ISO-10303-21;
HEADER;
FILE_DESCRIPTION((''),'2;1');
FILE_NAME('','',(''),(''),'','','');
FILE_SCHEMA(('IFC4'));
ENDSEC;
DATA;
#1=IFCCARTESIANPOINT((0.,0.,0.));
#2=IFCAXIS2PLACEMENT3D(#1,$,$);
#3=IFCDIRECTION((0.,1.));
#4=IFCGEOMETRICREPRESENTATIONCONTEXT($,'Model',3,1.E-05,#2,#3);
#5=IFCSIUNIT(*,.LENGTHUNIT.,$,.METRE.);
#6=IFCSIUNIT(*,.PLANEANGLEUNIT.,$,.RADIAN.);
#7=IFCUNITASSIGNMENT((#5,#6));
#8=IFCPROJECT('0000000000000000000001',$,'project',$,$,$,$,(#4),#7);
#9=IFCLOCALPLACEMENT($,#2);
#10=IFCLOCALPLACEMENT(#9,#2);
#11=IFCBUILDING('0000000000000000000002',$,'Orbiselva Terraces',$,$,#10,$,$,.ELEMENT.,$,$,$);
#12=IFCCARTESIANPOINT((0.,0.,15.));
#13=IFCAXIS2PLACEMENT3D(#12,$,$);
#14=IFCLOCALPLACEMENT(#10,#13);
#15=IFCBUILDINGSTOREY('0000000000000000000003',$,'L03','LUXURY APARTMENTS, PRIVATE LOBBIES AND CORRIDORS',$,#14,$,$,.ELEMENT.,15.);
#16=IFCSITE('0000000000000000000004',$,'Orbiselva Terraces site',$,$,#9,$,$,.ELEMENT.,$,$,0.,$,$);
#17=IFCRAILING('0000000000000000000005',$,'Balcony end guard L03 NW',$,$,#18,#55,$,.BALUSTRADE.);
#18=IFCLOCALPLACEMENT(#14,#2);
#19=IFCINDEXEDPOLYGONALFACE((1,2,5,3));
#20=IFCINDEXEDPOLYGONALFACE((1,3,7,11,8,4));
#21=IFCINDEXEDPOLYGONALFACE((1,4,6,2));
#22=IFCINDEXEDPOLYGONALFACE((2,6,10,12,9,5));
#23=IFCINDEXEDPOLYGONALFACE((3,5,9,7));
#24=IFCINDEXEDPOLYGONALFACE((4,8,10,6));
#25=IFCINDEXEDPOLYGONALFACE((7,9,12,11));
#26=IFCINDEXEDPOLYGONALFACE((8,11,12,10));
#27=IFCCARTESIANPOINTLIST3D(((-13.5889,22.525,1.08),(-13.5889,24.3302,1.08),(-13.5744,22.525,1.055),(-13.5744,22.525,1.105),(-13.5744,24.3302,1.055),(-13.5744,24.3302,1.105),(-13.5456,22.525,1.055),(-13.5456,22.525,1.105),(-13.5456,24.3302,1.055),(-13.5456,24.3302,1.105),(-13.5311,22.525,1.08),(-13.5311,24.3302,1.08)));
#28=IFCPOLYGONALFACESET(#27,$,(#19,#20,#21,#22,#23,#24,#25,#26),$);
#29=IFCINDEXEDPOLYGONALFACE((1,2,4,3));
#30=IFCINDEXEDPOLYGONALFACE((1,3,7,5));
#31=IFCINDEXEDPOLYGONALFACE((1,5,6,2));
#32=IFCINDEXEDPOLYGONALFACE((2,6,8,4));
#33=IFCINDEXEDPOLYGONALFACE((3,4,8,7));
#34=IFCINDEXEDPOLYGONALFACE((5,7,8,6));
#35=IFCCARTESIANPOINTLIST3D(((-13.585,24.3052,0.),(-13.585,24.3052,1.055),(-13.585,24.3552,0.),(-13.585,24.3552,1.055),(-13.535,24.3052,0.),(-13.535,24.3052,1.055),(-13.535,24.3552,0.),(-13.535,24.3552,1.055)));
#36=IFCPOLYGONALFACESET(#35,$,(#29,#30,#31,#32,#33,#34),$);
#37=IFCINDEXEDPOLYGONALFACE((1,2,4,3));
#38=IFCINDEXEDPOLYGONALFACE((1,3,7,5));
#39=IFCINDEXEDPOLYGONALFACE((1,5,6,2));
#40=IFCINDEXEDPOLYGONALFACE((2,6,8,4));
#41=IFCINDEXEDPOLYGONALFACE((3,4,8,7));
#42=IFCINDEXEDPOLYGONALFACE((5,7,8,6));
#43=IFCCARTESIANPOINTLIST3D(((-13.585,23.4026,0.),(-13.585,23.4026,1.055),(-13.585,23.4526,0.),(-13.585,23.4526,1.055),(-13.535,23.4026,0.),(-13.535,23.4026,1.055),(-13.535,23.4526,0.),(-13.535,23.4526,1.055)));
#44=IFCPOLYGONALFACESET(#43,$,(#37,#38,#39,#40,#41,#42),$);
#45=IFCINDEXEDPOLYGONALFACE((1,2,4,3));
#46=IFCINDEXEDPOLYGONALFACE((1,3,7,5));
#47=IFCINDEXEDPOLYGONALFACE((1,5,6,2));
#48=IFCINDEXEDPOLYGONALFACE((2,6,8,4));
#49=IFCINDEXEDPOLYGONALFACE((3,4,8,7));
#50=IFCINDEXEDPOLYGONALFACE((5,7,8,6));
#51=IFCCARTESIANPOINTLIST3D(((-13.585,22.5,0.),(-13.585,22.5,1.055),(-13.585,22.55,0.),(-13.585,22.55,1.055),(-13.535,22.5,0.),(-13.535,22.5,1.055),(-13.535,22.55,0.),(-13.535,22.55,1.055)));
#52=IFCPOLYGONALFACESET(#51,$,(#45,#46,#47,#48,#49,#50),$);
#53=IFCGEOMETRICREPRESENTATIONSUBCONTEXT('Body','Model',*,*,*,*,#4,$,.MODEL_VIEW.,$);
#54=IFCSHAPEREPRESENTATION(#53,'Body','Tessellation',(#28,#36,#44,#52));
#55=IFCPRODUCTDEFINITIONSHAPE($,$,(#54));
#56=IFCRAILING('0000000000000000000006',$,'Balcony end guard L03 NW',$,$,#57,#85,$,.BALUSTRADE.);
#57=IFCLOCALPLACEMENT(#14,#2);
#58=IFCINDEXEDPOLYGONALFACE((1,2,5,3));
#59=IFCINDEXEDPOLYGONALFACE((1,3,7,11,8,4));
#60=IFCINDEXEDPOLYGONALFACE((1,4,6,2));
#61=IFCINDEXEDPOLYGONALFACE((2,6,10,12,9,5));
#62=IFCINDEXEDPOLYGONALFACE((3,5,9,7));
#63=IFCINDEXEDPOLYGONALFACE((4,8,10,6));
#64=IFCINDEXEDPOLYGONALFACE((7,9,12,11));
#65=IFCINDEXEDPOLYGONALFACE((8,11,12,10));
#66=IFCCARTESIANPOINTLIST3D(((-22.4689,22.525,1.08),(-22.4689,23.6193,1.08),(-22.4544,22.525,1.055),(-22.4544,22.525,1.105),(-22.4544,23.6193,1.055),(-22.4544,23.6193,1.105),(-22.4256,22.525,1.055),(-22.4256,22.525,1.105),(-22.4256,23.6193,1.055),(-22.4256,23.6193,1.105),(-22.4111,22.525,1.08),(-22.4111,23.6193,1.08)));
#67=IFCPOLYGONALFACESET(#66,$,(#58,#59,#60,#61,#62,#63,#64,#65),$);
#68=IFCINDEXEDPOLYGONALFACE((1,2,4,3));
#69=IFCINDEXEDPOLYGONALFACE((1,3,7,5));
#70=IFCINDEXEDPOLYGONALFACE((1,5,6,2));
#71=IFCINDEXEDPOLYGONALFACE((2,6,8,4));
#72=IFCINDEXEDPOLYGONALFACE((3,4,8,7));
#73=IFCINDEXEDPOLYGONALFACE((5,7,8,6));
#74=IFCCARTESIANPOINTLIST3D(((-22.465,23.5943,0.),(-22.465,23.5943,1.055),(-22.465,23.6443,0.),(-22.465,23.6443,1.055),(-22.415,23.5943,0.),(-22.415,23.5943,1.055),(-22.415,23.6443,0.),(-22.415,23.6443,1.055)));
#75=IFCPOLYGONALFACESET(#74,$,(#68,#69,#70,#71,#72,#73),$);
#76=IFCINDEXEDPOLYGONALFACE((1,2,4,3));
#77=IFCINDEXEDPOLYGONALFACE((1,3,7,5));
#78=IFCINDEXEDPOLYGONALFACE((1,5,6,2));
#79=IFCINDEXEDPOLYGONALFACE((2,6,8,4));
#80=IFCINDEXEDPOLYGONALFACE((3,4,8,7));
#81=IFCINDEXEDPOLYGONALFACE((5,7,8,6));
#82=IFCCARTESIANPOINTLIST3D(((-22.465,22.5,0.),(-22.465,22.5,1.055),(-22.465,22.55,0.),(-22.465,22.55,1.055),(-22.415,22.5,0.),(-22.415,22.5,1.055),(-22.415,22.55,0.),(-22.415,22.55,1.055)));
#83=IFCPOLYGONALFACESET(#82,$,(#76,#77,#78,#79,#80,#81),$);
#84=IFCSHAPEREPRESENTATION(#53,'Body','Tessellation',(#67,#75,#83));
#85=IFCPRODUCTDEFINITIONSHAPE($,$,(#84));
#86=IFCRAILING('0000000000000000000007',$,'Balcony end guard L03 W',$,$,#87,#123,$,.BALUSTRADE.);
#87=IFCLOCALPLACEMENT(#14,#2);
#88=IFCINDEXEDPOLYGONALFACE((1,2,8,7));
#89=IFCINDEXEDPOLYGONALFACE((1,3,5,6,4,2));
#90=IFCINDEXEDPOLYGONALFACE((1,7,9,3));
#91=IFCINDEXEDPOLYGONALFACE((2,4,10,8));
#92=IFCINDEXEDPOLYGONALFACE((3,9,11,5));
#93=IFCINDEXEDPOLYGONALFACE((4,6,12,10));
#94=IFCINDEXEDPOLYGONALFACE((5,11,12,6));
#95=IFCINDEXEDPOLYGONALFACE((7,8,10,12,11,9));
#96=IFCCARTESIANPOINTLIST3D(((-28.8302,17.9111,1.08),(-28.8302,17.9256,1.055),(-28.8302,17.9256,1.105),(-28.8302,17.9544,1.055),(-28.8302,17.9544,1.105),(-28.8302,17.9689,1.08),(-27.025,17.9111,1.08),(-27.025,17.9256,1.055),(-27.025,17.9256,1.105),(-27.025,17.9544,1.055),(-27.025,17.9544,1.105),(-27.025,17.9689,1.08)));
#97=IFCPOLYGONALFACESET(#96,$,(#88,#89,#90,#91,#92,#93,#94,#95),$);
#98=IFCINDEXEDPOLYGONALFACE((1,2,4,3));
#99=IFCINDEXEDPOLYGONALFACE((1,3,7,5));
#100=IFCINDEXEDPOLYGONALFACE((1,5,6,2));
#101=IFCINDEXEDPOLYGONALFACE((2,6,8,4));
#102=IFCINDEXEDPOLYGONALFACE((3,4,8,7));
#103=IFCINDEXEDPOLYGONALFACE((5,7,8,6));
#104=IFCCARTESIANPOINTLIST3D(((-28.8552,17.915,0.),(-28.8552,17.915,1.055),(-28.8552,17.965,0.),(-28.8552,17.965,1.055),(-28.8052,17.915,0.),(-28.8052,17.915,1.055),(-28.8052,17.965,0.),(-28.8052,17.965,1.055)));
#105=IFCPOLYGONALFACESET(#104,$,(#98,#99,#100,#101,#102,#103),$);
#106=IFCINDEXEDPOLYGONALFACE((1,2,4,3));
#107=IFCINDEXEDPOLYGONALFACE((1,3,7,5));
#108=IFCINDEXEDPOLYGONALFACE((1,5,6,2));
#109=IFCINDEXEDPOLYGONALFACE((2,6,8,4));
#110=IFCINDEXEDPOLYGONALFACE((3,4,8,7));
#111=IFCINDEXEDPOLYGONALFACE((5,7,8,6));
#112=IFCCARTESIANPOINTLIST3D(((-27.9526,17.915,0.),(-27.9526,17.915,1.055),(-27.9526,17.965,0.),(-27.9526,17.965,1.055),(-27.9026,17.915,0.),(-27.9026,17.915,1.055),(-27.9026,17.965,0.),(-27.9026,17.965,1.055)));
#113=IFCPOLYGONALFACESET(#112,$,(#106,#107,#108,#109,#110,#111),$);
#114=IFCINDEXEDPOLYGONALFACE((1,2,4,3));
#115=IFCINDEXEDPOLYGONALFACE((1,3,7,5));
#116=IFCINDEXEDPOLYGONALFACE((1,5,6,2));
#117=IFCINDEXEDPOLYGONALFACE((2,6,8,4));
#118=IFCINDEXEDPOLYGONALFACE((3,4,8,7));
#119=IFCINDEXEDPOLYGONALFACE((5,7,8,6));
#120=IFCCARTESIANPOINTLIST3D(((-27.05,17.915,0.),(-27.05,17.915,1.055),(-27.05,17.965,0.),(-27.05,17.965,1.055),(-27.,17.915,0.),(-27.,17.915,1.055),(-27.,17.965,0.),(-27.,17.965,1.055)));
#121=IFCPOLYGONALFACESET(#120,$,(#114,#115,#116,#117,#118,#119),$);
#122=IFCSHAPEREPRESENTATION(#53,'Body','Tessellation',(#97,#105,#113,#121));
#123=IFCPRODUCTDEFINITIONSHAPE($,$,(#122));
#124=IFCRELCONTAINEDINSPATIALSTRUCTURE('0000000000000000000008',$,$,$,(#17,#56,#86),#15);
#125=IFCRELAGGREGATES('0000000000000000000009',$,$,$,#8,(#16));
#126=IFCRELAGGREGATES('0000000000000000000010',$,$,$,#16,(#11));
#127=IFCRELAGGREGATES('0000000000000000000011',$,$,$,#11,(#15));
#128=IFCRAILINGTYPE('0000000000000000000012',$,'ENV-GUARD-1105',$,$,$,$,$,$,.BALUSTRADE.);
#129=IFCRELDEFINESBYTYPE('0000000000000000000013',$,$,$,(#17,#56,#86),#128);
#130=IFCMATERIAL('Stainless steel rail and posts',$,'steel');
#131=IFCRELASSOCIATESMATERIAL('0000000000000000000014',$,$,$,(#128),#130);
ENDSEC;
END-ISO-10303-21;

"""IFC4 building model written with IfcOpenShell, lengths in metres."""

from ifc_helpers import new_model, si_unit, direction, frame, origin, origin_2d, place, context, subcontext, project, spatial, polyline, rectangle, outline, extrude, material, type_object, element, save


model = new_model("IFC4")

# Units and contexts
model_context = context("Model", 3, precision=1e-05, world=origin(), true_north=direction((0.0, 1.0)))
body_context = subcontext(model_context, "Body", "Model", "MODEL_VIEW")
ifc_project = project(units=[si_unit("LENGTHUNIT", "METRE"), si_unit("PLANEANGLEUNIT", "RADIAN")], contexts=[model_context])

# Site, building, storey
site_placement = place(None, origin())
site = spatial("IfcSite", under=ifc_project, at=site_placement, Name="Orbiselva Terraces site", CompositionType="ELEMENT", RefElevation=0.0)
building_placement = place(site_placement, origin())
building = spatial("IfcBuilding", under=site, at=building_placement, Name="Orbiselva Terraces", CompositionType="ELEMENT")
storey_placement = place(building_placement, frame((0.0, 0.0, 15.0)))
storey = spatial("IfcBuildingStorey", under=building, at=storey_placement, Name="L03", Description="LUXURY APARTMENTS, PRIVATE LOBBIES AND CORRIDORS", CompositionType="ELEMENT", Elevation=15.0)

# Railings
ifc_material_1 = material(Name="Stainless steel rail and posts", Category="steel")
railing_type_1 = type_object("IfcRailingType", Name="ENV-GUARD-1105", PredefinedType="BALUSTRADE", material=ifc_material_1)
railing_1_placement = place(storey_placement, frame((-13.56, 24.3302, 0.0)))
element("IfcRailing", 1, at=railing_1_placement, inside=storey, type_object=railing_type_1, Name="Balcony end guard L03 NW", PredefinedType="BALUSTRADE", context=body_context, shape_type="SweptSolid", body=[
    extrude(outline(polyline([(0.0289, 0.0), (0.0144, 0.025), (-0.0144, 0.025), (-0.0289, 0.0), (-0.0144, -0.025), (0.0144, -0.025), (0.0289, 0.0)])), frame((0.0, 0.0, 1.08), z_axis=(0.0, -1.0, 0.0), x_axis=(1.0, 0.0, 0.0)), (0.0, 0.0, 1.0), 1.8052),
    extrude(rectangle(XDim=0.05, YDim=0.05, at=origin_2d()), origin(), (0.0, 0.0, 1.0), 1.055),
    extrude(rectangle(XDim=0.05, YDim=0.05, at=origin_2d()), frame((0.0, -0.9026, 0.0)), (0.0, 0.0, 1.0), 1.055),
    extrude(rectangle(XDim=0.05, YDim=0.05, at=origin_2d()), frame((0.0, -1.8052, 0.0)), (0.0, 0.0, 1.0), 1.055),
])
railing_2_placement = place(storey_placement, frame((-22.44, 23.6193, 0.0)))
element("IfcRailing", 2, at=railing_2_placement, inside=storey, type_object=railing_type_1, Name="Balcony end guard L03 NW", PredefinedType="BALUSTRADE", context=body_context, shape_type="SweptSolid", body=[
    extrude(outline(polyline([(0.0289, 0.0), (0.0144, 0.025), (-0.0144, 0.025), (-0.0289, 0.0), (-0.0144, -0.025), (0.0144, -0.025), (0.0289, 0.0)])), frame((0.0, 0.0, 1.08), z_axis=(0.0, -1.0, 0.0), x_axis=(1.0, 0.0, 0.0)), (0.0, 0.0, 1.0), 1.0943),
    extrude(rectangle(XDim=0.05, YDim=0.05, at=origin_2d()), origin(), (0.0, 0.0, 1.0), 1.055),
    extrude(rectangle(XDim=0.05, YDim=0.05, at=origin_2d()), frame((0.0, -1.0943, 0.0)), (0.0, 0.0, 1.0), 1.055),
])
railing_3_placement = place(storey_placement, frame((-28.8302, 17.94, 0.0)))
element("IfcRailing", 3, at=railing_3_placement, inside=storey, type_object=railing_type_1, Name="Balcony end guard L03 W", PredefinedType="BALUSTRADE", context=body_context, shape_type="SweptSolid", body=[
    extrude(outline(polyline([(0.0289, 0.0), (0.0144, 0.025), (-0.0144, 0.025), (-0.0289, 0.0), (-0.0144, -0.025), (0.0144, -0.025), (0.0289, 0.0)])), frame((0.0, 0.0, 1.08), z_axis=(1.0, 0.0, 0.0), x_axis=(0.0, 1.0, 0.0)), (0.0, 0.0, 1.0), 1.8052),
    extrude(rectangle(XDim=0.05, YDim=0.05, at=origin_2d()), origin(), (0.0, 0.0, 1.0), 1.055),
    extrude(rectangle(XDim=0.05, YDim=0.05, at=origin_2d()), frame((0.9026, 0.0, 0.0)), (0.0, 0.0, 1.0), 1.055),
    extrude(rectangle(XDim=0.05, YDim=0.05, at=origin_2d()), frame((1.8052, 0.0, 0.0)), (0.0, 0.0, 1.0), 1.055),
])

save(model, "model.ifc")
